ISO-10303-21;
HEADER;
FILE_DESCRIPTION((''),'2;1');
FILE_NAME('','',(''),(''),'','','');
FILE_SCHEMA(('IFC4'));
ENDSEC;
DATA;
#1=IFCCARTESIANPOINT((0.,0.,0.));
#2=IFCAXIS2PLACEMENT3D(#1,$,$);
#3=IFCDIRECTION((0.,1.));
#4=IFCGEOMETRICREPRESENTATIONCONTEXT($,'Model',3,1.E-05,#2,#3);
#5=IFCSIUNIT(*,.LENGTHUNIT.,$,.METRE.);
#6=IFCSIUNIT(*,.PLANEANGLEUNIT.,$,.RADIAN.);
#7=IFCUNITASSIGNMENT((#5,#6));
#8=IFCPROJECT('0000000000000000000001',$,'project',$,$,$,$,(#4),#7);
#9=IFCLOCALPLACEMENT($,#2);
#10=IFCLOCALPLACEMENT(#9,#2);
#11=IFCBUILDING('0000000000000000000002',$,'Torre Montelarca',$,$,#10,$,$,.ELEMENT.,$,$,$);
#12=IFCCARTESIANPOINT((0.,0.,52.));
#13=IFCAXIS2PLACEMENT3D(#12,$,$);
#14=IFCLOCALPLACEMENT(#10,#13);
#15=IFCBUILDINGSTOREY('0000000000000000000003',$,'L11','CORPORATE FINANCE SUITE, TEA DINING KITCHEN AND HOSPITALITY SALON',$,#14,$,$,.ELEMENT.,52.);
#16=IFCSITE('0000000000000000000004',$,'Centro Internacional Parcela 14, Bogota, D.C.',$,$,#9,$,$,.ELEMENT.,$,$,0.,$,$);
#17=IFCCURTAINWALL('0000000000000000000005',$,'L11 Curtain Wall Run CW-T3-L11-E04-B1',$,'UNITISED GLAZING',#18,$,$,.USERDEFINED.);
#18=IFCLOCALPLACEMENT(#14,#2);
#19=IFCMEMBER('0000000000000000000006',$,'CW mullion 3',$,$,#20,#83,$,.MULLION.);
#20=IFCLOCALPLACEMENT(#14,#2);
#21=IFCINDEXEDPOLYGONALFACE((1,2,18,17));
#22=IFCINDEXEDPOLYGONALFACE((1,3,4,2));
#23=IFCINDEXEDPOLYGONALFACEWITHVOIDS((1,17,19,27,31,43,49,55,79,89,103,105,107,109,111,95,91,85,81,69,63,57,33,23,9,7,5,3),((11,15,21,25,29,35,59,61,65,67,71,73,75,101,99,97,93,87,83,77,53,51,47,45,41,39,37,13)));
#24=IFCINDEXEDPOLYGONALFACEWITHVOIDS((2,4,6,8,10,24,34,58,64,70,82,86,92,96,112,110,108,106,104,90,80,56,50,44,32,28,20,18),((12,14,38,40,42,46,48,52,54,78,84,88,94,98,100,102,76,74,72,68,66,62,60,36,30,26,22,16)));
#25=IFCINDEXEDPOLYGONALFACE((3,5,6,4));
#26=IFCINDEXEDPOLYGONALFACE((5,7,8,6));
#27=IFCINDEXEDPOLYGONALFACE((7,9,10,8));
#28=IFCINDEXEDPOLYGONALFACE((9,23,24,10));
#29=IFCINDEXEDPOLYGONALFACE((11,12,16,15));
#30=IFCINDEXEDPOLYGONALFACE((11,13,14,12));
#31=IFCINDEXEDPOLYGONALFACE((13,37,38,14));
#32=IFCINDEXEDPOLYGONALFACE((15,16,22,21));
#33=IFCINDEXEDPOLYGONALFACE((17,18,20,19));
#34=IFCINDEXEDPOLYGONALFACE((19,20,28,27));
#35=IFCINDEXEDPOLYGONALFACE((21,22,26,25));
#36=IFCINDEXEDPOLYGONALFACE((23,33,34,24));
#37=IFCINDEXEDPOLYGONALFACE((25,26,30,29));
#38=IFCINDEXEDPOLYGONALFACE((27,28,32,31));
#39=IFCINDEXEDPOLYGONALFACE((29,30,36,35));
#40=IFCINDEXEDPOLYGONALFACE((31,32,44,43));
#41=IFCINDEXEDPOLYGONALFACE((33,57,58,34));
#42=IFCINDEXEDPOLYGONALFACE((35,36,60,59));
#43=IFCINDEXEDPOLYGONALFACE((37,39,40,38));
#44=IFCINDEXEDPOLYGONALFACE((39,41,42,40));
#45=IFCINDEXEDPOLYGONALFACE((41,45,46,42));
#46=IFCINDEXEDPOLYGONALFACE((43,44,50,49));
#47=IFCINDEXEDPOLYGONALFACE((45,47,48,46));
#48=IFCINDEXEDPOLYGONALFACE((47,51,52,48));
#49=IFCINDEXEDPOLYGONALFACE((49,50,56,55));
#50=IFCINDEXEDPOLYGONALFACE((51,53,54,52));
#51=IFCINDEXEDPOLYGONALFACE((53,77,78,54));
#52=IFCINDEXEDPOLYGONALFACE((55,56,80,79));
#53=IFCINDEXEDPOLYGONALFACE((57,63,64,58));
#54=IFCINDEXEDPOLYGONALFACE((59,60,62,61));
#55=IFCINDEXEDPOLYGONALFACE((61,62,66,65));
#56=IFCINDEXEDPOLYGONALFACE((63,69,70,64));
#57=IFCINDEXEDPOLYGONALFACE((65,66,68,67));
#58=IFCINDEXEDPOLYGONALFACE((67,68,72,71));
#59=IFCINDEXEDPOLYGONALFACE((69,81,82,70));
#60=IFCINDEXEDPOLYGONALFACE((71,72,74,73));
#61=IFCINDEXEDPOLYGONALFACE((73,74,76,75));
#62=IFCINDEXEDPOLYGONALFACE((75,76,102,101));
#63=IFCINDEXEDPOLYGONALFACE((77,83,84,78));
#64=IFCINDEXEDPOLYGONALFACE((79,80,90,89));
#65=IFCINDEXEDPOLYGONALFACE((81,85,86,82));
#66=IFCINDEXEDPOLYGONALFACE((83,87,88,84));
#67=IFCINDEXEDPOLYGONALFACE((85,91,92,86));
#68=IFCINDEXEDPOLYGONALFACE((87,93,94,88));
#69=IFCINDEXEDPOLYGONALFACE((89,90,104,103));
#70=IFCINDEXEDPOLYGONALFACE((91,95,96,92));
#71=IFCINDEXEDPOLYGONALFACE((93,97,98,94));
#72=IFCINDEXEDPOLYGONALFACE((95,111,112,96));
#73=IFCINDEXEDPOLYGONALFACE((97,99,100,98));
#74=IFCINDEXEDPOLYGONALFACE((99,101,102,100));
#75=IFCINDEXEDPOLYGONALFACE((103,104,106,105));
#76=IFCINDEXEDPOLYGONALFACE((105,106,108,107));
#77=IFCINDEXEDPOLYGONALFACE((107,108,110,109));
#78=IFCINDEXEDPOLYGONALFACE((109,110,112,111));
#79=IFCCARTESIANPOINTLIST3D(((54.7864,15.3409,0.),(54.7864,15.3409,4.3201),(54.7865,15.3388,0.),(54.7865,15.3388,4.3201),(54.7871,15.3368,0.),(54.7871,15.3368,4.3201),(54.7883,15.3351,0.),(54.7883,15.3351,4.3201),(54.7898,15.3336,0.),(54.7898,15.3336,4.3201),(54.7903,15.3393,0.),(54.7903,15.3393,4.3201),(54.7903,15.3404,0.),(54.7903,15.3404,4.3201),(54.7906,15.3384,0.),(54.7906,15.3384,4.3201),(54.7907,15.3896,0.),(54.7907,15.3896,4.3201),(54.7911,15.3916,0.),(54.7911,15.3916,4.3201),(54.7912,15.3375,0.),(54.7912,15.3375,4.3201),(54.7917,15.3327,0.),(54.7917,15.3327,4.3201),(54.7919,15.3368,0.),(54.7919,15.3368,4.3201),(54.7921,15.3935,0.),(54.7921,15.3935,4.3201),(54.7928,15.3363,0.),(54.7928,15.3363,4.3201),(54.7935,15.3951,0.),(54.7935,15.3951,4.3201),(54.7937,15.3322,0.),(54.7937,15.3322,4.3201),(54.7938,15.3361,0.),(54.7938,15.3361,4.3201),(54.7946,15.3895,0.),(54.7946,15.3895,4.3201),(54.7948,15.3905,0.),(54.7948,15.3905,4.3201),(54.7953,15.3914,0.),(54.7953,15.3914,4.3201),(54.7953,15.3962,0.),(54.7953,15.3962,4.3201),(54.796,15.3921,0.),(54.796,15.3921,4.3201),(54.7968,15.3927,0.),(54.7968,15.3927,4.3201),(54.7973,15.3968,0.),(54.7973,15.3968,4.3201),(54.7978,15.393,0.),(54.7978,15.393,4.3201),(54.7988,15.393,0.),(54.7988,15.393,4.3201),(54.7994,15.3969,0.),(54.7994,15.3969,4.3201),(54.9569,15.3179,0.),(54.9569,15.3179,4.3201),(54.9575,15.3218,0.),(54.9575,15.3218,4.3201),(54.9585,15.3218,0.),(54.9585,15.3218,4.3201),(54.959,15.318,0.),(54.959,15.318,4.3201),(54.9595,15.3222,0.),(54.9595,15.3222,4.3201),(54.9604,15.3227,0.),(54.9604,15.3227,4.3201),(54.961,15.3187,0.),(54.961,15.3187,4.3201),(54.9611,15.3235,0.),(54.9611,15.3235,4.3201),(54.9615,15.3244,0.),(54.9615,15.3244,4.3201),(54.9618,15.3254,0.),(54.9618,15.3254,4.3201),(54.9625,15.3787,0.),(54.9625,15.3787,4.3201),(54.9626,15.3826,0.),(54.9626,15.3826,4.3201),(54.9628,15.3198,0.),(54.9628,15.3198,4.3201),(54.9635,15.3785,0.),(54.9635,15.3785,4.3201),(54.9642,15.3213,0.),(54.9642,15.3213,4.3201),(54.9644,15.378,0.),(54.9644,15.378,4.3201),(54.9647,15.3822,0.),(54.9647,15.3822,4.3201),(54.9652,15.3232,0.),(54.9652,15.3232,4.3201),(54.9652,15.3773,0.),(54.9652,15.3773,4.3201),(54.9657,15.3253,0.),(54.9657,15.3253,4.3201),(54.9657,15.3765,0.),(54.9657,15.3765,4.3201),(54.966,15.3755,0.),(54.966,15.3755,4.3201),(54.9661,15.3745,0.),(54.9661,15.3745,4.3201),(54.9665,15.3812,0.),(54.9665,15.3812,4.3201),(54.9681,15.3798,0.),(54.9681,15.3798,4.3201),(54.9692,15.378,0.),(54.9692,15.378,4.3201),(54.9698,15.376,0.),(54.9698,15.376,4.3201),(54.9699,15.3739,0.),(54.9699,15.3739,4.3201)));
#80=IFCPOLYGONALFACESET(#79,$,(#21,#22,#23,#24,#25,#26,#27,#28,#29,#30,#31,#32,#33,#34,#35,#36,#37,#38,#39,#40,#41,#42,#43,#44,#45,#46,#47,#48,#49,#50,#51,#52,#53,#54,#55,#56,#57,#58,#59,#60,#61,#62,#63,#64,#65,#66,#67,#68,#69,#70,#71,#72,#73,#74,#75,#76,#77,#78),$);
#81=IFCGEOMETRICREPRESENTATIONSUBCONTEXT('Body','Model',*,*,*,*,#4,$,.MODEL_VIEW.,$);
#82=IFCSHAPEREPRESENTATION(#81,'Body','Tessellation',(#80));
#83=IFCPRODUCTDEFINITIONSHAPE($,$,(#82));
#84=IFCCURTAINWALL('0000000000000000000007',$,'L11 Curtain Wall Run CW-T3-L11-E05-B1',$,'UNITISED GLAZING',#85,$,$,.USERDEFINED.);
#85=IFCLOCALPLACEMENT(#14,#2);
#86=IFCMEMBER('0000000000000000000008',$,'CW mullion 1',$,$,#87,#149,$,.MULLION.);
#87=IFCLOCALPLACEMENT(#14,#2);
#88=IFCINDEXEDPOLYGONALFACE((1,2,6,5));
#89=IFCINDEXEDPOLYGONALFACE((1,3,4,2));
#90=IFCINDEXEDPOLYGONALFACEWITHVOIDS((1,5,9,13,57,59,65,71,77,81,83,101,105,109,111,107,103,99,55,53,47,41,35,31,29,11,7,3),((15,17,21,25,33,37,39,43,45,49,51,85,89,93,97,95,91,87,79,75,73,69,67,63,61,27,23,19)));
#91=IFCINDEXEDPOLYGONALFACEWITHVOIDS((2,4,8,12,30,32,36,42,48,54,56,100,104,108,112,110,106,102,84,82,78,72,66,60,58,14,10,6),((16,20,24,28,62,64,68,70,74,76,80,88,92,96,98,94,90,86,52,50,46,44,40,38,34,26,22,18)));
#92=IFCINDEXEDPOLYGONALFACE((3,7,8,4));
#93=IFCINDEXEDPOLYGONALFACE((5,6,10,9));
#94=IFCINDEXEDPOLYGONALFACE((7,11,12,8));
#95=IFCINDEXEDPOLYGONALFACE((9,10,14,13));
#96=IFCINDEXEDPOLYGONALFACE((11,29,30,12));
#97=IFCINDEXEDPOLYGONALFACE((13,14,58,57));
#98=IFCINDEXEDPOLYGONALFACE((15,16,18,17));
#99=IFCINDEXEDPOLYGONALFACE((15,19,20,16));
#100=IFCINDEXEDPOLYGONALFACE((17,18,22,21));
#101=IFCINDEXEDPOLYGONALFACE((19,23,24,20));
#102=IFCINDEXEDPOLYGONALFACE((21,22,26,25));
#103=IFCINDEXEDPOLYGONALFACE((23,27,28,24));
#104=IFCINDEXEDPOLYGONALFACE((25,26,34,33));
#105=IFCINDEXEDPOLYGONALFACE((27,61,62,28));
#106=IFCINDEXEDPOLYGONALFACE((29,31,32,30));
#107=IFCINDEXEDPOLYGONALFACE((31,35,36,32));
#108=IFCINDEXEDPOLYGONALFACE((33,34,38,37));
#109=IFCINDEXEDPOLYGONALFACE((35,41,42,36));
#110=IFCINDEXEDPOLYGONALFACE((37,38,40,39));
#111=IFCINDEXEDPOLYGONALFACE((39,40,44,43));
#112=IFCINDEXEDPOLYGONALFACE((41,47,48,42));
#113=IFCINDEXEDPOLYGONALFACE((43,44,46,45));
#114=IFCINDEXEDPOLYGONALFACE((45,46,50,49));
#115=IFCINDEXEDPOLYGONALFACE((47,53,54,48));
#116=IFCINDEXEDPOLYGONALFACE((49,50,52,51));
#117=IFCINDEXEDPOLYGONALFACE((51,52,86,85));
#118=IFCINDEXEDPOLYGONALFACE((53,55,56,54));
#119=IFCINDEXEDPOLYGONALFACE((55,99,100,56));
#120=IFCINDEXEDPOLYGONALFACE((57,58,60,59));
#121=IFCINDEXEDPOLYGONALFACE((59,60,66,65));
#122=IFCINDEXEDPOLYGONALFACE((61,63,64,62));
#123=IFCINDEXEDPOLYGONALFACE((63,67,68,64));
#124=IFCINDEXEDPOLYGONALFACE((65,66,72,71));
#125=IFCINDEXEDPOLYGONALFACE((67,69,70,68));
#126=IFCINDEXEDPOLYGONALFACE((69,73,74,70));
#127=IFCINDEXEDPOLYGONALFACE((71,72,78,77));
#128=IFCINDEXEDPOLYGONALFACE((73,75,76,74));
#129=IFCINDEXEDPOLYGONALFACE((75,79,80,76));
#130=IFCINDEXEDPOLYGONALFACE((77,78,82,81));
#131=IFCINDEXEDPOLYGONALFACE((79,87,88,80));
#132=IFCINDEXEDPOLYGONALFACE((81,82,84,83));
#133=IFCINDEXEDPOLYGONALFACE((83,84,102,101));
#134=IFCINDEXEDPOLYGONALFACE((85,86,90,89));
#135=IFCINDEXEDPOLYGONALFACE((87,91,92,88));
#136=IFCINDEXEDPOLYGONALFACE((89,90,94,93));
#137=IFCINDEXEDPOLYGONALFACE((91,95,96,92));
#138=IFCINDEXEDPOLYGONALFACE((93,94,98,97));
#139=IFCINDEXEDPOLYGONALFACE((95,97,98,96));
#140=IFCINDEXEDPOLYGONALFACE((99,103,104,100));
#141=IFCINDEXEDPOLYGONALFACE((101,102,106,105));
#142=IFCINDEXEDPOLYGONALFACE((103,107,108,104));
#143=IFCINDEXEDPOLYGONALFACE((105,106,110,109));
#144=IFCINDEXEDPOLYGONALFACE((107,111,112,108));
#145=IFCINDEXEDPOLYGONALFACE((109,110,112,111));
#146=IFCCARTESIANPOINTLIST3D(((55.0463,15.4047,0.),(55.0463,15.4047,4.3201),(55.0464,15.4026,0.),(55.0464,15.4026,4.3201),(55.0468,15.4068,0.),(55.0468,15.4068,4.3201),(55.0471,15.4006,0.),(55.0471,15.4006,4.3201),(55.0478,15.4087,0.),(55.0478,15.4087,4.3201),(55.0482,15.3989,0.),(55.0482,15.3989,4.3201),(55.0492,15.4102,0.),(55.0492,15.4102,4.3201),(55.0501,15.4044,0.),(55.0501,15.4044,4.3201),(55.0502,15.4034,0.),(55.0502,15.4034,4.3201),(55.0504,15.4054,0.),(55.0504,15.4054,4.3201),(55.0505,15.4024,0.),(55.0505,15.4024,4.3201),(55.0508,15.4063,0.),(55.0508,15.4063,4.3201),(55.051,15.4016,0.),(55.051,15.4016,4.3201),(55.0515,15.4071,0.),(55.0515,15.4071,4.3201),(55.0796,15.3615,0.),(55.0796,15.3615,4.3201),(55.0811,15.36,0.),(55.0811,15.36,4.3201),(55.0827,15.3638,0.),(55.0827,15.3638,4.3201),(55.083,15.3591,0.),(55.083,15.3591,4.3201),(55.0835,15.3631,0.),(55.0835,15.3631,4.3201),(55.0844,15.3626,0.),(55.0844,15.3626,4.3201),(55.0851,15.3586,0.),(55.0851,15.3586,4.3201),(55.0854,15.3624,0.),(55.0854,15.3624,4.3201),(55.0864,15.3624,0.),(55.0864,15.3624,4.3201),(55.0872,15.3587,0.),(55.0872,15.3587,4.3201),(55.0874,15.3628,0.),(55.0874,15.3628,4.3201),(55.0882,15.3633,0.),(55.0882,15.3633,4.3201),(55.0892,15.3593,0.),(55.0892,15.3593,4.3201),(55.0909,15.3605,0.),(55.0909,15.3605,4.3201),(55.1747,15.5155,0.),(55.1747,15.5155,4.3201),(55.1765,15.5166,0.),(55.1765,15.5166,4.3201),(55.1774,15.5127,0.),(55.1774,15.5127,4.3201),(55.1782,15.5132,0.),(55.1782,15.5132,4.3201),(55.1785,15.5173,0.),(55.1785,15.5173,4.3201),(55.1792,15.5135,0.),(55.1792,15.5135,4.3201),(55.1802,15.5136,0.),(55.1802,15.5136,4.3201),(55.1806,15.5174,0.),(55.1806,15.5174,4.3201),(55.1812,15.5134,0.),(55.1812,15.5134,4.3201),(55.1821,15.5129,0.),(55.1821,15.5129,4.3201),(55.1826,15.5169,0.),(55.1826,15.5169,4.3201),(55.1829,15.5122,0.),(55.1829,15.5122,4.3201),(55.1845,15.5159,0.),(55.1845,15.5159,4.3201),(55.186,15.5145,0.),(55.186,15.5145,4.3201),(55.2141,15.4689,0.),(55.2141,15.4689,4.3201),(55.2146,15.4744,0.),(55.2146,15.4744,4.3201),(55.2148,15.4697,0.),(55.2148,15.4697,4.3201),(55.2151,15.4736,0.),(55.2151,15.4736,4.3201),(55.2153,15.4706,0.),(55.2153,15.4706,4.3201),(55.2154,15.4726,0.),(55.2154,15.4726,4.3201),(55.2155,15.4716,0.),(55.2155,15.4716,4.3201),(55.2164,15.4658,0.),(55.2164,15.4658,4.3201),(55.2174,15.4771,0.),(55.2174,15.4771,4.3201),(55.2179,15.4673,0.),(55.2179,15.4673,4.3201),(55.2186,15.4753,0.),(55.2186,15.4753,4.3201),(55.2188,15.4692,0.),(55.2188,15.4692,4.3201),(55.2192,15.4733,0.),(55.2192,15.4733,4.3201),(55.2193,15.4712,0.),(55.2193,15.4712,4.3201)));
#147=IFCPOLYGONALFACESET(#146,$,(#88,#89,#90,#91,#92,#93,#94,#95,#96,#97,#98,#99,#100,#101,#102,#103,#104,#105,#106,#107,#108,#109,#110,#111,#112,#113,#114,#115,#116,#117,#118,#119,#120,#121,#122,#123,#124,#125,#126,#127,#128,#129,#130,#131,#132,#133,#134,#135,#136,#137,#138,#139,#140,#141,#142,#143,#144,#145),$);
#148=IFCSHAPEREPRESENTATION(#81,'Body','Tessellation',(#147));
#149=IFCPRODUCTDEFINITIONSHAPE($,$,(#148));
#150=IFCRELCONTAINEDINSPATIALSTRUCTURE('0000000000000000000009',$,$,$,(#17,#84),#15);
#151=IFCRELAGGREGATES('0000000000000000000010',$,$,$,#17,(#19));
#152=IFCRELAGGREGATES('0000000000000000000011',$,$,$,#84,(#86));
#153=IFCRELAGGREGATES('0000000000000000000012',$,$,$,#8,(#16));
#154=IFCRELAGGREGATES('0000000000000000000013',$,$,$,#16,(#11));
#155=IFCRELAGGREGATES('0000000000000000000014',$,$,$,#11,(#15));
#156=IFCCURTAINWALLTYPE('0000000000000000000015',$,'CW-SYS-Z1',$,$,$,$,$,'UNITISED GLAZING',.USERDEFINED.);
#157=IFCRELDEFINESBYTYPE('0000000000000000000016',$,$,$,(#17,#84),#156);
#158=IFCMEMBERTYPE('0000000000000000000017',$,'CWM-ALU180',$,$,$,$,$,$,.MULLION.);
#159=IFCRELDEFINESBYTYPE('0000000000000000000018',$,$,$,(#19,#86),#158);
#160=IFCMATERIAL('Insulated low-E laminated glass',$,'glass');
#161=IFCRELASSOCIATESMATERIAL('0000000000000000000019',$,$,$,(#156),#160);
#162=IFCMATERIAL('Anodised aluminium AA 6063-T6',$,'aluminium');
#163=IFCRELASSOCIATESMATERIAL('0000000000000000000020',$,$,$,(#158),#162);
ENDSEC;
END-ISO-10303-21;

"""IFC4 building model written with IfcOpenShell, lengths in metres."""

from ifc_helpers import new_model, si_unit, direction, frame, origin, origin_2d, place, context, subcontext, project, spatial, hollow_rectangle, extrude, source, transform, mapped, material, material_profile, profile_set, type_object, element, aggregate, save


model = new_model("IFC4")

# Units and contexts
model_context = context("Model", 3, precision=1e-05, world=origin(), true_north=direction((0.0, 1.0)))
body_context = subcontext(model_context, "Body", "Model", "MODEL_VIEW")
ifc_project = project(units=[si_unit("LENGTHUNIT", "METRE"), si_unit("PLANEANGLEUNIT", "RADIAN")], contexts=[model_context])

# Site, building, storey
site_placement = place(None, origin())
site = spatial("IfcSite", under=ifc_project, at=site_placement, Name="Centro Internacional Parcela 14, Bogota, D.C.", CompositionType="ELEMENT", RefElevation=0.0)
building_placement = place(site_placement, origin())
building = spatial("IfcBuilding", under=site, at=building_placement, Name="Torre Montelarca", CompositionType="ELEMENT")
storey_placement = place(building_placement, frame((0.0, 0.0, 52.0)))
storey = spatial("IfcBuildingStorey", under=building, at=storey_placement, Name="L11", Description="CORPORATE FINANCE SUITE, TEA DINING KITCHEN AND HOSPITALITY SALON", CompositionType="ELEMENT", Elevation=52.0)

# Curtain walls, members
ifc_material_1 = material(Name="Insulated low-E laminated glass", Category="glass")
curtain_wall_type = type_object("IfcCurtainWallType", Name="CW-SYS-Z1", ElementType="UNITISED GLAZING", PredefinedType="USERDEFINED", material=ifc_material_1)
curtain_wall_1_placement = place(storey_placement, origin())
curtain_wall_1 = element("IfcCurtainWall", 1, at=curtain_wall_1_placement, inside=storey, type_object=curtain_wall_type, Name="L11 Curtain Wall Run CW-T3-L11-E04-B1", ObjectType="UNITISED GLAZING", PredefinedType="USERDEFINED")
ifc_material_2 = material(Name="Anodised aluminium AA 6063-T6", Category="aluminium")
ifc_material_profile_1 = material_profile(ifc_material_2, hollow_rectangle(XDim=0.0649, YDim=0.1799, WallThickness=0.0039, InnerFilletRadius=0.0039, OuterFilletRadius=0.0081, at=origin_2d()), Name="ALU65X180X4", Category="aluminium")
ifc_profile_set_1 = profile_set([ifc_material_profile_1], Name="Anodised aluminium AA 6063-T6")
member_type_1 = type_object("IfcMemberType", Name="CWM-ALU180", PredefinedType="MULLION", material=ifc_profile_set_1)
shared_shape_1 = source(origin(), body_context, "Body", "SweptSolid", [
    extrude(hollow_rectangle(XDim=0.0649, YDim=0.1799, WallThickness=0.0039, InnerFilletRadius=0.0039, OuterFilletRadius=0.0081, at=origin_2d()), origin(), (0.0, 0.0, 1.0), 4.3201),
])
member_1_placement = place(storey_placement, frame((54.8782, 15.3574, 0.0), z_axis=(0.0, 0.0, 1.0), x_axis=(0.087162, 0.996194, 0.0)))
member_1 = element("IfcMember", 2, at=member_1_placement, type_object=member_type_1, Name="CW mullion 3", PredefinedType="MULLION", context=body_context, shape_type="MappedRepresentation", body=[
    mapped(shared_shape_1, transform((0.0, 0.0, 0.0), scale=1.0)),
])
curtain_wall_2_placement = place(storey_placement, origin())
curtain_wall_2 = element("IfcCurtainWall", 3, at=curtain_wall_2_placement, inside=storey, type_object=curtain_wall_type, Name="L11 Curtain Wall Run CW-T3-L11-E05-B1", ObjectType="UNITISED GLAZING", PredefinedType="USERDEFINED")
member_2_placement = place(storey_placement, frame((55.1328, 15.438, 0.0), z_axis=(0.0, 0.0, 1.0), x_axis=(-0.642794, 0.766039, 0.0)))
member_2 = element("IfcMember", 4, at=member_2_placement, type_object=member_type_1, Name="CW mullion 1", PredefinedType="MULLION", context=body_context, shape_type="MappedRepresentation", body=[
    mapped(shared_shape_1, transform((0.0, 0.0, 0.0), scale=1.0)),
])

aggregate(curtain_wall_1, [member_1])
aggregate(curtain_wall_2, [member_2])

save(model, "model.ifc")
